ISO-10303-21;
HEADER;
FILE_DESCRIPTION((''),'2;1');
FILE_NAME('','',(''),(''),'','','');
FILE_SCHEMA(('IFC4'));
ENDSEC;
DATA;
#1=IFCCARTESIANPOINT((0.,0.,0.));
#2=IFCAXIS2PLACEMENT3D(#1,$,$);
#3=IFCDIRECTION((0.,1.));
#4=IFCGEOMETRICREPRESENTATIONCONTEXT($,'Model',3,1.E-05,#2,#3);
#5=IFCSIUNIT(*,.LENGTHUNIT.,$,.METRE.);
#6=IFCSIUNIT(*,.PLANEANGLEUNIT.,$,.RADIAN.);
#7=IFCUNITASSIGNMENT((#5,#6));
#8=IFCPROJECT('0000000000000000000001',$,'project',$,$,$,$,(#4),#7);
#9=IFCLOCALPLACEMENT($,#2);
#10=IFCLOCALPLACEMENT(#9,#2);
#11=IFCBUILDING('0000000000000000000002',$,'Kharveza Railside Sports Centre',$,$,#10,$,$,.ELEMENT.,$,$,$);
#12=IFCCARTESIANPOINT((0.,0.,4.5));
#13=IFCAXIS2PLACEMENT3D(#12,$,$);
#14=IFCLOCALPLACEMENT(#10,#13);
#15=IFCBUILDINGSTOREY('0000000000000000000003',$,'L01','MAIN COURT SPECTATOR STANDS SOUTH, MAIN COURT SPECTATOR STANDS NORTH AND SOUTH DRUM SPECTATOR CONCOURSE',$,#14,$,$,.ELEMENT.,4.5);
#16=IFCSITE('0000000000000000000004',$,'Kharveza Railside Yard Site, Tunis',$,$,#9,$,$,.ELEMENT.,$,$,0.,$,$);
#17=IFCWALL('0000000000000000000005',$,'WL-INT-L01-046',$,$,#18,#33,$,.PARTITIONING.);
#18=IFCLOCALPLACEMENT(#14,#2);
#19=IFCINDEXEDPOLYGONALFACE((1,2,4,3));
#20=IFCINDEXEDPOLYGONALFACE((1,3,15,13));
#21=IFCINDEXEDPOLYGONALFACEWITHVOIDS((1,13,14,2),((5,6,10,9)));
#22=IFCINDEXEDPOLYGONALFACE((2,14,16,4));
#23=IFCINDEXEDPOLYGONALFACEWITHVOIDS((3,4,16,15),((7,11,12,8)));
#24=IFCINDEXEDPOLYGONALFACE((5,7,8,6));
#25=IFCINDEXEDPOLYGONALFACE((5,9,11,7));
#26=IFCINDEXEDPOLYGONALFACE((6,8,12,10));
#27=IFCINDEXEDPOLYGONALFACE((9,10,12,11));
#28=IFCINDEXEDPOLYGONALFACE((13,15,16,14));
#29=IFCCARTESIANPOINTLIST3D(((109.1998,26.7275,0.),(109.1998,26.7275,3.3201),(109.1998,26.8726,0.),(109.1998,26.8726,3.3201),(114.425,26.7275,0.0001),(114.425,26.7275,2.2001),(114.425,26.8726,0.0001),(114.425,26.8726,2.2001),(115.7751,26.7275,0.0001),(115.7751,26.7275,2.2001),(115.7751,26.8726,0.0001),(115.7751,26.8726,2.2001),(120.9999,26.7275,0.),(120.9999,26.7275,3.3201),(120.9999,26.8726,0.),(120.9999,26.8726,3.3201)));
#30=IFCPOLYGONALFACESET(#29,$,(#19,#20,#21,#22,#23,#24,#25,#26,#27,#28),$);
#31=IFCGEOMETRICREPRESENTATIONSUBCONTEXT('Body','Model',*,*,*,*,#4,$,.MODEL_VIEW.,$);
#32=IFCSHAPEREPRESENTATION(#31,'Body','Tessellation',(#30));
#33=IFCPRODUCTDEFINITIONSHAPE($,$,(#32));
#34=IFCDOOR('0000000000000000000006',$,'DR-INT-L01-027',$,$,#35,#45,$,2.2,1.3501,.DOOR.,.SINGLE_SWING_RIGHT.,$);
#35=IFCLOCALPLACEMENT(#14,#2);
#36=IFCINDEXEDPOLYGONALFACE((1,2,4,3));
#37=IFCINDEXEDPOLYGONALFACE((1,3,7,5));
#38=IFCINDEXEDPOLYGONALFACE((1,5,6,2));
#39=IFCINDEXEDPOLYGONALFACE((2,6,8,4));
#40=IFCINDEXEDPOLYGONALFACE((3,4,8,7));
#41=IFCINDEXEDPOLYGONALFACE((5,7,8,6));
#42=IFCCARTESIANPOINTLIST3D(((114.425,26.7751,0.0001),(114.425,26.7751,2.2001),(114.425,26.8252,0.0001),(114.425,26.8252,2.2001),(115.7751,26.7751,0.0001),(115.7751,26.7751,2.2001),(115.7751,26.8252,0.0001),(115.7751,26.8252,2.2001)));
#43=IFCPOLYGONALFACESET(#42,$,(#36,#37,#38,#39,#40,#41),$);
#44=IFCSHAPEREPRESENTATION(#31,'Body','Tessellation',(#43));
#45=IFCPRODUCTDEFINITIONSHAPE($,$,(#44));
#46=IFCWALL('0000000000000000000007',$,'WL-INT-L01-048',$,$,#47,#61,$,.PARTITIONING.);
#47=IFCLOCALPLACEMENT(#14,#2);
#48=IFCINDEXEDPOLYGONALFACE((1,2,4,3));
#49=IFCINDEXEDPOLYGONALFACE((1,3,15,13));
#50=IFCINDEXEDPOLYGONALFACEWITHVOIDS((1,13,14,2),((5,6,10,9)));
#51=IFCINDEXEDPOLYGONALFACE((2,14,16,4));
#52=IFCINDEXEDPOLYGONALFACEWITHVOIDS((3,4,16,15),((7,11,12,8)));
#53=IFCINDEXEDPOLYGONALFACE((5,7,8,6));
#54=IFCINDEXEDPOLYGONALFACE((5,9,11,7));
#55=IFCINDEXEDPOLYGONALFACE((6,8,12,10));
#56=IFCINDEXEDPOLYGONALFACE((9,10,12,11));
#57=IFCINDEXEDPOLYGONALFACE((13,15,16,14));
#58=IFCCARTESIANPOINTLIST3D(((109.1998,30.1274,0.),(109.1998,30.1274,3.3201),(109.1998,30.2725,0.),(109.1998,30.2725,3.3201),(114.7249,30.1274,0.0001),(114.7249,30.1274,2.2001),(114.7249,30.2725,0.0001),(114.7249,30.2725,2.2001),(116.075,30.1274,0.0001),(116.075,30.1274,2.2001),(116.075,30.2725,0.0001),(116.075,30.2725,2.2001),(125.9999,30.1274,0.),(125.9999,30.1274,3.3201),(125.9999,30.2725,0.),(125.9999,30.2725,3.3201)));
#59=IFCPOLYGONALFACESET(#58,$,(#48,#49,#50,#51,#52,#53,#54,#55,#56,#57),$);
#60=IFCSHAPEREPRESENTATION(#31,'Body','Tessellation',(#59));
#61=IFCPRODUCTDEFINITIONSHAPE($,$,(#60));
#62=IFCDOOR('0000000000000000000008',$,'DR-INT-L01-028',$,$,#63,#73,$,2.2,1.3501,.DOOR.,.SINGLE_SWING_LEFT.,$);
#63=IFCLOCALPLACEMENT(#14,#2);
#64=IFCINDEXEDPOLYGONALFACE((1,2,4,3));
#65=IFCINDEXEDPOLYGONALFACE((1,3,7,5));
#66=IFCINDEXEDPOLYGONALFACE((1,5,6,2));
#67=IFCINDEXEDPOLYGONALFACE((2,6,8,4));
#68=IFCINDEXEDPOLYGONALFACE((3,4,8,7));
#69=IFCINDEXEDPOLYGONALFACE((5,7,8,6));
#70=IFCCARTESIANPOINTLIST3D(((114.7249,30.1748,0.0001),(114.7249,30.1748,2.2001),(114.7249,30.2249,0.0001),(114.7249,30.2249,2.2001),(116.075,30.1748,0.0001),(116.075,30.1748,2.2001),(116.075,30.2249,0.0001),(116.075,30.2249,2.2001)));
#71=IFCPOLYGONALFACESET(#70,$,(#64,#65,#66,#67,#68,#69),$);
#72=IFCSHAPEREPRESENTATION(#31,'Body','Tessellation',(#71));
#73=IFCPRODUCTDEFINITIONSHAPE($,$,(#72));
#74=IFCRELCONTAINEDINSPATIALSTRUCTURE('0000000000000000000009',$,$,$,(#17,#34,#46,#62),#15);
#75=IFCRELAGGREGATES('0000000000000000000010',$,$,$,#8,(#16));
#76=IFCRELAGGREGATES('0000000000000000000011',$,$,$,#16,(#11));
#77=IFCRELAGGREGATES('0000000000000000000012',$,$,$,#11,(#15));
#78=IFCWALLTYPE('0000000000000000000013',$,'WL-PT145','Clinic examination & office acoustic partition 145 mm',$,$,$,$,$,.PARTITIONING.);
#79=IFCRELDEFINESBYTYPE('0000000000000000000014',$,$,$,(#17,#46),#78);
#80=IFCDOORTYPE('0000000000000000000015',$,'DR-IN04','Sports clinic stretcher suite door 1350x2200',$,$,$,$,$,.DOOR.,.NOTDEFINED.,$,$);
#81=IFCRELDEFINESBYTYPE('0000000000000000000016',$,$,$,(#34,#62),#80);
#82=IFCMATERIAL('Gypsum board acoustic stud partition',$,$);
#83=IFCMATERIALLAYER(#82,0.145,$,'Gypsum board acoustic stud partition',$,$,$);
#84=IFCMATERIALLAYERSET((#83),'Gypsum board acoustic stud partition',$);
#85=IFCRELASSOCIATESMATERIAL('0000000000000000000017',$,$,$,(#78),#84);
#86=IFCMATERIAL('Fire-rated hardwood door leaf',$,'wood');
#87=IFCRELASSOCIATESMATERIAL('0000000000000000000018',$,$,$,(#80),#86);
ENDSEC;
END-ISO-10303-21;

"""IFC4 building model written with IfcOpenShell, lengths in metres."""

from ifc_helpers import new_model, si_unit, direction, frame, frame_2d, origin, place, context, subcontext, project, spatial, rectangle, extrude, material, layer, layer_set, type_object, element, fill, save


model = new_model("IFC4")

# Units and contexts
model_context = context("Model", 3, precision=1e-05, world=origin(), true_north=direction((0.0, 1.0)))
body_context = subcontext(model_context, "Body", "Model", "MODEL_VIEW")
ifc_project = project(units=[si_unit("LENGTHUNIT", "METRE"), si_unit("PLANEANGLEUNIT", "RADIAN")], contexts=[model_context])

# Site, building, storey
site_placement = place(None, origin())
site = spatial("IfcSite", under=ifc_project, at=site_placement, Name="Kharveza Railside Yard Site, Tunis", CompositionType="ELEMENT", RefElevation=0.0)
building_placement = place(site_placement, origin())
building = spatial("IfcBuilding", under=site, at=building_placement, Name="Kharveza Railside Sports Centre", CompositionType="ELEMENT")
storey_placement = place(building_placement, frame((0.0, 0.0, 4.5)))
storey = spatial("IfcBuildingStorey", under=building, at=storey_placement, Name="L01", Description="MAIN COURT SPECTATOR STANDS SOUTH, MAIN COURT SPECTATOR STANDS NORTH AND SOUTH DRUM SPECTATOR CONCOURSE", CompositionType="ELEMENT", Elevation=4.5)

# Walls, openings, doors
ifc_material_1 = material(Name="Gypsum board acoustic stud partition")
ifc_layer_1 = layer(ifc_material_1, 0.145, Name="Gypsum board acoustic stud partition")
ifc_layer_set_1 = layer_set([ifc_layer_1], Name="Gypsum board acoustic stud partition")
wall_type_1 = type_object("IfcWallType", Name="WL-PT145", Description="Clinic examination & office acoustic partition 145 mm", PredefinedType="PARTITIONING", material=ifc_layer_set_1)
wall_1_placement = place(storey_placement, frame((109.2, 26.8, 0.0), z_axis=(0.0, 0.0, 1.0), x_axis=(1.0, 0.0, 0.0)))
wall_1 = element("IfcWall", 1, at=wall_1_placement, inside=storey, type_object=wall_type_1, Name="WL-INT-L01-046", PredefinedType="PARTITIONING", context=body_context, shape_type="SweptSolid", body=[
    extrude(rectangle(XDim=11.8, YDim=0.145, at=frame_2d((5.8999, 0.0))), origin(), (0.0, 0.0, 1.0), 3.3201),
])
opening_1_placement = place(wall_1_placement, frame((5.2251, 0.0, 0.0)))
opening_1 = element("IfcOpeningElement", 2, at=opening_1_placement, cuts=wall_1, PredefinedType="OPENING", context=body_context, shape_type="SweptSolid", body=[
    extrude(rectangle(XDim=1.3501, YDim=2.2, at=frame_2d((0.675, 1.1001))), frame((0.0, 0.0974, 0.0), z_axis=(0.0, -1.0, 0.0), x_axis=(1.0, 0.0, 0.0)), (0.0, 0.0, 1.0), 0.1948),
])
ifc_material_2 = material(Name="Fire-rated hardwood door leaf", Category="wood")
door_type = type_object("IfcDoorType", Name="DR-IN04", Description="Sports clinic stretcher suite door 1350x2200", OperationType="NOTDEFINED", PredefinedType="DOOR", material=ifc_material_2)
door_1_placement = place(opening_1_placement, frame((1.3501, 0.0, 0.0), z_axis=(0.0, 0.0, 1.0), x_axis=(-1.0, 0.0, 0.0)))
door_1 = element("IfcDoor", 3, at=door_1_placement, inside=storey, type_object=door_type, Name="DR-INT-L01-027", OperationType="SINGLE_SWING_RIGHT", OverallHeight=2.2, OverallWidth=1.3501, PredefinedType="DOOR", context=body_context, shape_type="SweptSolid", body=[
    extrude(rectangle(XDim=1.3501, YDim=2.2, at=frame_2d((0.675, 1.1001))), frame((0.0, 0.0249, 0.0), z_axis=(0.0, -1.0, 0.0), x_axis=(1.0, 0.0, 0.0)), (0.0, 0.0, 1.0), 0.05),
])
fill(opening_1, door_1)
wall_2_placement = place(storey_placement, frame((109.2, 30.2, 0.0), z_axis=(0.0, 0.0, 1.0), x_axis=(1.0, 0.0, 0.0)))
wall_2 = element("IfcWall", 4, at=wall_2_placement, inside=storey, type_object=wall_type_1, Name="WL-INT-L01-048", PredefinedType="PARTITIONING", context=body_context, shape_type="SweptSolid", body=[
    extrude(rectangle(XDim=16.8, YDim=0.145, at=frame_2d((8.3999, 0.0))), origin(), (0.0, 0.0, 1.0), 3.3201),
])
opening_2_placement = place(wall_2_placement, frame((5.5249, 0.0, 0.0)))
opening_2 = element("IfcOpeningElement", 5, at=opening_2_placement, cuts=wall_2, PredefinedType="OPENING", context=body_context, shape_type="SweptSolid", body=[
    extrude(rectangle(XDim=1.3501, YDim=2.2, at=frame_2d((0.675, 1.1001))), frame((0.0, 0.0974, 0.0), z_axis=(0.0, -1.0, 0.0), x_axis=(1.0, 0.0, 0.0)), (0.0, 0.0, 1.0), 0.1948),
])
door_2_placement = place(opening_2_placement, origin())
door_2 = element("IfcDoor", 6, at=door_2_placement, inside=storey, type_object=door_type, Name="DR-INT-L01-028", OperationType="SINGLE_SWING_LEFT", OverallHeight=2.2, OverallWidth=1.3501, PredefinedType="DOOR", context=body_context, shape_type="SweptSolid", body=[
    extrude(rectangle(XDim=1.3501, YDim=2.2, at=frame_2d((0.675, 1.1001))), frame((0.0, 0.0249, 0.0), z_axis=(0.0, -1.0, 0.0), x_axis=(1.0, 0.0, 0.0)), (0.0, 0.0, 1.0), 0.05),
])
fill(opening_2, door_2)

save(model, "model.ifc")
